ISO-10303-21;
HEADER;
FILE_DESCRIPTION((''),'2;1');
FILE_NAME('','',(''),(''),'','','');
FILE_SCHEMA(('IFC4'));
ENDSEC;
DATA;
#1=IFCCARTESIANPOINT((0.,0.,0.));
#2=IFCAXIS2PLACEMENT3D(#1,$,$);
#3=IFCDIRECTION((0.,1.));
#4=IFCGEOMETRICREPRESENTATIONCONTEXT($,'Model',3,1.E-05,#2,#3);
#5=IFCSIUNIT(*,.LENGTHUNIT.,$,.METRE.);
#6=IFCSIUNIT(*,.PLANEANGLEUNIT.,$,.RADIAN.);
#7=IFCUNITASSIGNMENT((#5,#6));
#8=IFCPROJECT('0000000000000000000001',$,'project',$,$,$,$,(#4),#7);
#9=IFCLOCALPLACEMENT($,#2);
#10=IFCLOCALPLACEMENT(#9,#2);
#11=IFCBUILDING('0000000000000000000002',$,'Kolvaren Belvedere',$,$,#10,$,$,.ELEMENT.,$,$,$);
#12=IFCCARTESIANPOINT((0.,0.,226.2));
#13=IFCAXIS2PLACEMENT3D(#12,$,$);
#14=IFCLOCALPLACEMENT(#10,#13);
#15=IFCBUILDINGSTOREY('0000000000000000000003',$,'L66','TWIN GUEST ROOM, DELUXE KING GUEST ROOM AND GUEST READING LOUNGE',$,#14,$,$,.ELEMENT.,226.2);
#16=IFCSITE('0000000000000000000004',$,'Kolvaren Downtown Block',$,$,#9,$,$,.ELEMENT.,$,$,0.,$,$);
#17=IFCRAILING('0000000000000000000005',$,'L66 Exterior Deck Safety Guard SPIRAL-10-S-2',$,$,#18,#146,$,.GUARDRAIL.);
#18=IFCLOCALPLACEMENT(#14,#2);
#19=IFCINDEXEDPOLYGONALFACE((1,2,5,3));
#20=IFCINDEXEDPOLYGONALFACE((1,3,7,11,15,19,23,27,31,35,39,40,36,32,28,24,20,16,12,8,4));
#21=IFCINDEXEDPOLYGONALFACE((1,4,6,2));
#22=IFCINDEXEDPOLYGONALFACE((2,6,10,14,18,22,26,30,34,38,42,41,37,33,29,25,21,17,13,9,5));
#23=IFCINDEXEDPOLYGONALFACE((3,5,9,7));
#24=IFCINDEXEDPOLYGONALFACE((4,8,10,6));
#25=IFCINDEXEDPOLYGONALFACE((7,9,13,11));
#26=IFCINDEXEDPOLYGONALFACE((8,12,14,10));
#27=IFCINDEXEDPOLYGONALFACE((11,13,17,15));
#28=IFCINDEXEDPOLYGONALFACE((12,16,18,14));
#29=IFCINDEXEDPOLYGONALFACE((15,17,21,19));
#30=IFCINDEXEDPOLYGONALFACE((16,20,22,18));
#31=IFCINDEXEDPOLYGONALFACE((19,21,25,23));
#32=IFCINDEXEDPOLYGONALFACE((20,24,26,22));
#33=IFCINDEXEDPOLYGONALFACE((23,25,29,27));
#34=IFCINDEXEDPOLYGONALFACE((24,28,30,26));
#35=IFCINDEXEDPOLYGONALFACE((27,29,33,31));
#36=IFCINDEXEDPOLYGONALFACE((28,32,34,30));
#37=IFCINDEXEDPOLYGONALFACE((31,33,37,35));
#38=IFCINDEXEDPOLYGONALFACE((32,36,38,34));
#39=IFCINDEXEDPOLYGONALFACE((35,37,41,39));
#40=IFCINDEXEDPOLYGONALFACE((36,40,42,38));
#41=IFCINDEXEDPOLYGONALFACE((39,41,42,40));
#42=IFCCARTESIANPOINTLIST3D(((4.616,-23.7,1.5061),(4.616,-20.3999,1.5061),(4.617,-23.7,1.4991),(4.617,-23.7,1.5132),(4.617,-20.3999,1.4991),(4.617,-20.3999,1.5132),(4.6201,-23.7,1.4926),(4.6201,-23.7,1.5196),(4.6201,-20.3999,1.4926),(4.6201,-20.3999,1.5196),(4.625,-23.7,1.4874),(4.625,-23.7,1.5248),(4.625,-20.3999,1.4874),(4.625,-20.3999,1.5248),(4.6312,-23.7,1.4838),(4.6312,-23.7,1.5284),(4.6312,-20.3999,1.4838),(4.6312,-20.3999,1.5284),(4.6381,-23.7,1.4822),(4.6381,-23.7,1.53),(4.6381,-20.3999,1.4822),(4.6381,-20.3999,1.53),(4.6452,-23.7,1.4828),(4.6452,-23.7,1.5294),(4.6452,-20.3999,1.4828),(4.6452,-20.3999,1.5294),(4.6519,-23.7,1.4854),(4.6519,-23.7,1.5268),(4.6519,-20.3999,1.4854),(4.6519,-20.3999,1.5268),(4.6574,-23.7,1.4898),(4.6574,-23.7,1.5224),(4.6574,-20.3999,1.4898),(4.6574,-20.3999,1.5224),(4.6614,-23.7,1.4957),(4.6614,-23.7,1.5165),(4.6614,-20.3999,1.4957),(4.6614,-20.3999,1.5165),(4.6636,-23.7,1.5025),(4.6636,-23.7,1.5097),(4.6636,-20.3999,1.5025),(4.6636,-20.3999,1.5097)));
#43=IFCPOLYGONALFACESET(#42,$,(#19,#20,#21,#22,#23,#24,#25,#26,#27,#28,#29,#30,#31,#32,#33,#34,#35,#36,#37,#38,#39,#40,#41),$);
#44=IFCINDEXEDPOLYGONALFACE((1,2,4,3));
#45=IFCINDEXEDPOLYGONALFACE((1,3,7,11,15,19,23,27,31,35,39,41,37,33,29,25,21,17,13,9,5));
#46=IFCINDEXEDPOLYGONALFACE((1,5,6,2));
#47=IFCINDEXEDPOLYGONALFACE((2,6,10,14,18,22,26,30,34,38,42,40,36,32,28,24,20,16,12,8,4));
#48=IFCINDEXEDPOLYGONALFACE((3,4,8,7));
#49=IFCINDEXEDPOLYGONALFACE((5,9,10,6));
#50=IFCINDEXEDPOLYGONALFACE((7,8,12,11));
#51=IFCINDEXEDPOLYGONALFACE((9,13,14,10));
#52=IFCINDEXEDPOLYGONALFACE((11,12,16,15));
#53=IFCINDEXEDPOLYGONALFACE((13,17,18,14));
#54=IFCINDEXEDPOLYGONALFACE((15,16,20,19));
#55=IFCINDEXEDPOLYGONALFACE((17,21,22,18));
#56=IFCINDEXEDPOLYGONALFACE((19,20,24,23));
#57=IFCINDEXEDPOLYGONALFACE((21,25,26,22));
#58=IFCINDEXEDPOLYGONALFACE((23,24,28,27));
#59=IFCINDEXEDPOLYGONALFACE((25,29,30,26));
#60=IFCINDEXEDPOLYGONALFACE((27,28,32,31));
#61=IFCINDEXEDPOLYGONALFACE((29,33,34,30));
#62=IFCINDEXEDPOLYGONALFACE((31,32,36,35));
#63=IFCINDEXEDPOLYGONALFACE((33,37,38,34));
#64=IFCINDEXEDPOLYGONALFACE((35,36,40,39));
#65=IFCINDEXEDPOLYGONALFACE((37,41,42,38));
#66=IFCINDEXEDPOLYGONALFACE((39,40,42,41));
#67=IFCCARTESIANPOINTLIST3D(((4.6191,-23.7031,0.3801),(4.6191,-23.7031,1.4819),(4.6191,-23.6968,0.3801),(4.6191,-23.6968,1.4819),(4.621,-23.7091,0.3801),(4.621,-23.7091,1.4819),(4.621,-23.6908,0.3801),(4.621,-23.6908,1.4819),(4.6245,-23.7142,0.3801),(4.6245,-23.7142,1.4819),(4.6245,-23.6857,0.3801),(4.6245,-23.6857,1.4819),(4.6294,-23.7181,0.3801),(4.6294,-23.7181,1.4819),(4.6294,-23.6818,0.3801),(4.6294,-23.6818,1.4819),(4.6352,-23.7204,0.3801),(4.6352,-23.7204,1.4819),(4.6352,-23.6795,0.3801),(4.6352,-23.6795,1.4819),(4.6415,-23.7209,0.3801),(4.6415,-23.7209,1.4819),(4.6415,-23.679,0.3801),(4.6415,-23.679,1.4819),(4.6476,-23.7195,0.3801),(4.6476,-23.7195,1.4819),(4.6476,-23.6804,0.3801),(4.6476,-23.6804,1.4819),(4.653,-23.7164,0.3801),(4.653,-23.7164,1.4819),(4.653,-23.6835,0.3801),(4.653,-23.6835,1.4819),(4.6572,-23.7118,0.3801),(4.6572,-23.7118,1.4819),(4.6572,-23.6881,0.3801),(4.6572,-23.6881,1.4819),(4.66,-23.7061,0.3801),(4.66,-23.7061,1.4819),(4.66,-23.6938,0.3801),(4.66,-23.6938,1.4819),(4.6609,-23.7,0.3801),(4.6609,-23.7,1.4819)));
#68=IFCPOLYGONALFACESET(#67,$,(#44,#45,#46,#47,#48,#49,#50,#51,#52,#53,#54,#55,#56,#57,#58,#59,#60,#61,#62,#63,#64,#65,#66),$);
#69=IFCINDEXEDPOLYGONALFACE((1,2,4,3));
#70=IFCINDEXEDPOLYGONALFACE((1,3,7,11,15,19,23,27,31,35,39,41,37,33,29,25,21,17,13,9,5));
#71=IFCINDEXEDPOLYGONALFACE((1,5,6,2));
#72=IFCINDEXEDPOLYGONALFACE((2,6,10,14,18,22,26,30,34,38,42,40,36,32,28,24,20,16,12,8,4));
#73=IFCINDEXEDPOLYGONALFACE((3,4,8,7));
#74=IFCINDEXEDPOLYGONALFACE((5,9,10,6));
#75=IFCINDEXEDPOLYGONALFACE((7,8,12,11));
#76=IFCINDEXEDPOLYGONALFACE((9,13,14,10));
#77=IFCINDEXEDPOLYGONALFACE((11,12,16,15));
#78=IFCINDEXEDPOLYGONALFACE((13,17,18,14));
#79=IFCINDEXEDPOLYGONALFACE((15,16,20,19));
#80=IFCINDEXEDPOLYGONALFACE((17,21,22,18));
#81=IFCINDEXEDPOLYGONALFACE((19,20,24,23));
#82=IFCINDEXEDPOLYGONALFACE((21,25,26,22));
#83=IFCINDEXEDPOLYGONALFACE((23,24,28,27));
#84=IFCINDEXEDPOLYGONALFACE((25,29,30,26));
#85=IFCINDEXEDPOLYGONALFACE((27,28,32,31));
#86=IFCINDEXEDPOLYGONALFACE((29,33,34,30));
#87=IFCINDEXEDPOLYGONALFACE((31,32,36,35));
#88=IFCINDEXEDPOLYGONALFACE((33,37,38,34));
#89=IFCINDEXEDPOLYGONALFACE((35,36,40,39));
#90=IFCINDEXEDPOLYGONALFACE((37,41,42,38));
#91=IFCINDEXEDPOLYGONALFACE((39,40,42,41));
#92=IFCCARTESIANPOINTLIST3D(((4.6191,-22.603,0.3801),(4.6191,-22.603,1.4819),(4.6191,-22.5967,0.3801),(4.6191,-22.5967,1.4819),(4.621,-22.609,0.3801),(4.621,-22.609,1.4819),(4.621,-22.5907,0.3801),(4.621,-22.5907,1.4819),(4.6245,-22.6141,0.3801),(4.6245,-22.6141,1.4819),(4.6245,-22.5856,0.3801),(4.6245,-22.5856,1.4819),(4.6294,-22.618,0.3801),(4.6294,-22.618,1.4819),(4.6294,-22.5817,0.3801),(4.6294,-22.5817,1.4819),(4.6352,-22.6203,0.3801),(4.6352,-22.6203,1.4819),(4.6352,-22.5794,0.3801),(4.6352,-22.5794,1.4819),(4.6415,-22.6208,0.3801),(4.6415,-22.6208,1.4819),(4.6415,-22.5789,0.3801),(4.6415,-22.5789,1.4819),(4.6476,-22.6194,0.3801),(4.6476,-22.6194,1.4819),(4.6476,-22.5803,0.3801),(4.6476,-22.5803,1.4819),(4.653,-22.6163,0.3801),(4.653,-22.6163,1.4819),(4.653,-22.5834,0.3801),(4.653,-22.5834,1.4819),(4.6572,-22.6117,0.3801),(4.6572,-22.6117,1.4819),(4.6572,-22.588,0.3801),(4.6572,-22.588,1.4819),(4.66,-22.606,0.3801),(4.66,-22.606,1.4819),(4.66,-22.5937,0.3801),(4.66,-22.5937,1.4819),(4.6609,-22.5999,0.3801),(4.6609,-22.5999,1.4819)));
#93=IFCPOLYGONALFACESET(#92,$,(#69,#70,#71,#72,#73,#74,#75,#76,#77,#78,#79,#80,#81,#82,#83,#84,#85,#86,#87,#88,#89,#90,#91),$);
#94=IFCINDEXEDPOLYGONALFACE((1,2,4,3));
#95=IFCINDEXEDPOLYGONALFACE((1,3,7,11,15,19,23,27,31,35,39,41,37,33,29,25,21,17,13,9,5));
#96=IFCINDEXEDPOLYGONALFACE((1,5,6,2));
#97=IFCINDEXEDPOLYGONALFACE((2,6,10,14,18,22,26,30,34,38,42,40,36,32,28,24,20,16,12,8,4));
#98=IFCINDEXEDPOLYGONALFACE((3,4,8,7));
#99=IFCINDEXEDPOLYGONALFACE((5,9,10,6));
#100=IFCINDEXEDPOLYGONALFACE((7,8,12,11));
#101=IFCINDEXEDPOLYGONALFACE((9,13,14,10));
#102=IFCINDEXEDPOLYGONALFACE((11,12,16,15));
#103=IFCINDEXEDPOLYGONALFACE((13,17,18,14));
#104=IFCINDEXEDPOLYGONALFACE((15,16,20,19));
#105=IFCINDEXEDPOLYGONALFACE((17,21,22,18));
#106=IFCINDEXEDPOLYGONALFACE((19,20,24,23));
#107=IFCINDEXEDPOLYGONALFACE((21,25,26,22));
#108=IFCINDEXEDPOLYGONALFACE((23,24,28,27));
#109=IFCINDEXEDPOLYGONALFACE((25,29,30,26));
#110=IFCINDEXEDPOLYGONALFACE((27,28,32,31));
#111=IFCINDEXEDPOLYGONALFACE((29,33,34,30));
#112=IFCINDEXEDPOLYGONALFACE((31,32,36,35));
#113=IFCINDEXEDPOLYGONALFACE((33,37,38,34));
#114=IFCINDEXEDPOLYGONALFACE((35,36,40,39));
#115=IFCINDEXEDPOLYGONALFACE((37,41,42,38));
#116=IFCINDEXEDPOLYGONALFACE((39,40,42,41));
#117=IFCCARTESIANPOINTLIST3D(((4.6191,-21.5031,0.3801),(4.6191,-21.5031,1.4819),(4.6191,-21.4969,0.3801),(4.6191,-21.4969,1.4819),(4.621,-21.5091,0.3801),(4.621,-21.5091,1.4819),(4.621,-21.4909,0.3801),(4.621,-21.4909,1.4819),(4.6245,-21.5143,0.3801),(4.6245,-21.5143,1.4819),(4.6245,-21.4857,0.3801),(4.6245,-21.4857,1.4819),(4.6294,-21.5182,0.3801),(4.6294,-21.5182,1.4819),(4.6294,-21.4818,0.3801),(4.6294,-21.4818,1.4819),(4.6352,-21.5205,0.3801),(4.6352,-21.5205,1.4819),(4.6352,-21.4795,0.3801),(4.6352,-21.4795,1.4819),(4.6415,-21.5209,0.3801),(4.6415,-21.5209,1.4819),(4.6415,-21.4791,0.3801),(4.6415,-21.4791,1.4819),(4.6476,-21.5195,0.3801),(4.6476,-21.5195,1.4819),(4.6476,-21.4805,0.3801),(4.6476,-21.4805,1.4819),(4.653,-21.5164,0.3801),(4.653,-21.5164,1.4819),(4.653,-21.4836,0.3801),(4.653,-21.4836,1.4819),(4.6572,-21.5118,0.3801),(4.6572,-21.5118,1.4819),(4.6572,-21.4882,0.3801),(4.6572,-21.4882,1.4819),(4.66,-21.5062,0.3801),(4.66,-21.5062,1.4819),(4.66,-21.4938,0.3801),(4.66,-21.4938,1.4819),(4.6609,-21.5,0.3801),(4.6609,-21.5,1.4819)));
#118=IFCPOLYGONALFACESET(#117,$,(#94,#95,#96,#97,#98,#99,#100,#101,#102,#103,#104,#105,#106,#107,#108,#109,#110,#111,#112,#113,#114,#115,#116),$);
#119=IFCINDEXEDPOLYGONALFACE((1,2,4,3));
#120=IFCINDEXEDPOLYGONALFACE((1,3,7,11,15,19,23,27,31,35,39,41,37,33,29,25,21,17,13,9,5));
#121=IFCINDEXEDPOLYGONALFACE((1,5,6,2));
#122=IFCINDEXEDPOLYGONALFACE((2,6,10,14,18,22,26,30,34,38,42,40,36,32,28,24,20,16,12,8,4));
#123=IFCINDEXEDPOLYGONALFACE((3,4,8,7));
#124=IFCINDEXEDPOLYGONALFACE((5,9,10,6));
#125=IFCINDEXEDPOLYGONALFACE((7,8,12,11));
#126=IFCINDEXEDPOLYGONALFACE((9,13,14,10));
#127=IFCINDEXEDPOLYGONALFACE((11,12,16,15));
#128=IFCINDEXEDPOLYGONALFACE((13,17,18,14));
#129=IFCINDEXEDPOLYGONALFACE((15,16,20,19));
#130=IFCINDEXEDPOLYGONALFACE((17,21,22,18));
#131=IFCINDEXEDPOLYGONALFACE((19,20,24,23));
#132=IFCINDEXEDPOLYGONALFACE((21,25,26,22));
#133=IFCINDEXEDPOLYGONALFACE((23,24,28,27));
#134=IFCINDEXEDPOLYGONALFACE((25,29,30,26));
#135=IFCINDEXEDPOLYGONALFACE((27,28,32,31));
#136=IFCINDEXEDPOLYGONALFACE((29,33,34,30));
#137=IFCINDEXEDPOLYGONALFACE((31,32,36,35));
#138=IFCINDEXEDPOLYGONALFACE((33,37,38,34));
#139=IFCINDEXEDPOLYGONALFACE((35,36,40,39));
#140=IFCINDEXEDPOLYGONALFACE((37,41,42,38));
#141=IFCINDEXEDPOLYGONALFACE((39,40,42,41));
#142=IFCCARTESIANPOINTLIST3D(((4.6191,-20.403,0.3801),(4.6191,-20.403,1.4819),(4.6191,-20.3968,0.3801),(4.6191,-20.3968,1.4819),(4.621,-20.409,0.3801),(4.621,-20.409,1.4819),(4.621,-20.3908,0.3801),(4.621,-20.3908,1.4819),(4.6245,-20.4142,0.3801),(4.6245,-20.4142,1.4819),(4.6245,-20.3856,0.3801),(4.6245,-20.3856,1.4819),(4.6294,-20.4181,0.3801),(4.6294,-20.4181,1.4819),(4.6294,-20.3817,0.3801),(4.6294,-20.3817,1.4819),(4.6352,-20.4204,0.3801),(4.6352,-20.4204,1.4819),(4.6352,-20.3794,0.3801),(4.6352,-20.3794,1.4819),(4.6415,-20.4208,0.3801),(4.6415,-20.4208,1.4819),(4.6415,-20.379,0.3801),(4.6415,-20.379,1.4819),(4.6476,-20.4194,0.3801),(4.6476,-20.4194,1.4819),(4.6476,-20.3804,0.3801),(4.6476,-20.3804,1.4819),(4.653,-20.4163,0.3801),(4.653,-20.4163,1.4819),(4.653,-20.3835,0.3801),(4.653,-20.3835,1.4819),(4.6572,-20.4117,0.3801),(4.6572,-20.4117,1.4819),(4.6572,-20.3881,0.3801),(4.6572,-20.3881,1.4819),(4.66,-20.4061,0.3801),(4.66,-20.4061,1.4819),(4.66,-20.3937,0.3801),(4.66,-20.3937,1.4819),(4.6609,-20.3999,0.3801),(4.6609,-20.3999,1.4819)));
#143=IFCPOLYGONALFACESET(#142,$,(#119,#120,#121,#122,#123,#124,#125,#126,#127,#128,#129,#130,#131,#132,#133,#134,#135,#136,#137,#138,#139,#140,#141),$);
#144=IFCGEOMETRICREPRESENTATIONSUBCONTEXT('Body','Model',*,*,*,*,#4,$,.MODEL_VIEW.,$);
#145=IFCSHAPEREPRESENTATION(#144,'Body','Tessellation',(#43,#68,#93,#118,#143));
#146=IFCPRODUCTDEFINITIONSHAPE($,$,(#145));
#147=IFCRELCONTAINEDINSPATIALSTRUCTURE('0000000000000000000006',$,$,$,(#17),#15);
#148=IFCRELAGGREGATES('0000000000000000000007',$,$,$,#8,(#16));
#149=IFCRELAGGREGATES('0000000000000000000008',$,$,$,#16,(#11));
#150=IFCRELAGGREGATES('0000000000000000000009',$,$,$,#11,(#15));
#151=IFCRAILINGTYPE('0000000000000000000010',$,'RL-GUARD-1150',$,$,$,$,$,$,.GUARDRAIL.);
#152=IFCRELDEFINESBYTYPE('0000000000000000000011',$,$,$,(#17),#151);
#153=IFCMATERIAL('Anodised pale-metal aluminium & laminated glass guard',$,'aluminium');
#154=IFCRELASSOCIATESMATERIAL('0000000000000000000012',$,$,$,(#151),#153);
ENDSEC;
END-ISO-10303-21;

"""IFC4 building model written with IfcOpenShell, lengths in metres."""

from ifc_helpers import new_model, si_unit, direction, frame, origin, origin_2d, place, context, subcontext, project, spatial, circle, extrude, material, type_object, element, save


model = new_model("IFC4")

# Units and contexts
model_context = context("Model", 3, precision=1e-05, world=origin(), true_north=direction((0.0, 1.0)))
body_context = subcontext(model_context, "Body", "Model", "MODEL_VIEW")
ifc_project = project(units=[si_unit("LENGTHUNIT", "METRE"), si_unit("PLANEANGLEUNIT", "RADIAN")], contexts=[model_context])

# Site, building, storey
site_placement = place(None, origin())
site = spatial("IfcSite", under=ifc_project, at=site_placement, Name="Kolvaren Downtown Block", CompositionType="ELEMENT", RefElevation=0.0)
building_placement = place(site_placement, origin())
building = spatial("IfcBuilding", under=site, at=building_placement, Name="Kolvaren Belvedere", CompositionType="ELEMENT")
storey_placement = place(building_placement, frame((0.0, 0.0, 226.2)))
storey = spatial("IfcBuildingStorey", under=building, at=storey_placement, Name="L66", Description="TWIN GUEST ROOM, DELUXE KING GUEST ROOM AND GUEST READING LOUNGE", CompositionType="ELEMENT", Elevation=226.2)

# Railing
ifc_material_1 = material(Name="Anodised pale-metal aluminium & laminated glass guard", Category="aluminium")
railing_type = type_object("IfcRailingType", Name="RL-GUARD-1150", PredefinedType="GUARDRAIL", material=ifc_material_1)
railing_placement = place(storey_placement, frame((4.6399, -23.7, 0.3801)))
element("IfcRailing", 1, at=railing_placement, inside=storey, type_object=railing_type, Name="L66 Exterior Deck Safety Guard SPIRAL-10-S-2", PredefinedType="GUARDRAIL", context=body_context, shape_type="SweptSolid", body=[
    extrude(circle(Radius=0.0239, at=origin_2d()), frame((0.0, 0.0, 1.126), z_axis=(0.0, 1.0, 0.0), x_axis=(-1.0, 0.0, 0.0)), (0.0, 0.0, 1.0), 3.3),
    extrude(circle(Radius=0.021, at=origin_2d()), origin(), (0.0, 0.0, 1.0), 1.1018),
    extrude(circle(Radius=0.021, at=origin_2d()), frame((0.0, 1.1001, 0.0)), (0.0, 0.0, 1.0), 1.1018),
    extrude(circle(Radius=0.021, at=origin_2d()), frame((0.0, 2.2, 0.0)), (0.0, 0.0, 1.0), 1.1018),
    extrude(circle(Radius=0.021, at=origin_2d()), frame((0.0, 3.3, 0.0)), (0.0, 0.0, 1.0), 1.1018),
])

save(model, "model.ifc")
